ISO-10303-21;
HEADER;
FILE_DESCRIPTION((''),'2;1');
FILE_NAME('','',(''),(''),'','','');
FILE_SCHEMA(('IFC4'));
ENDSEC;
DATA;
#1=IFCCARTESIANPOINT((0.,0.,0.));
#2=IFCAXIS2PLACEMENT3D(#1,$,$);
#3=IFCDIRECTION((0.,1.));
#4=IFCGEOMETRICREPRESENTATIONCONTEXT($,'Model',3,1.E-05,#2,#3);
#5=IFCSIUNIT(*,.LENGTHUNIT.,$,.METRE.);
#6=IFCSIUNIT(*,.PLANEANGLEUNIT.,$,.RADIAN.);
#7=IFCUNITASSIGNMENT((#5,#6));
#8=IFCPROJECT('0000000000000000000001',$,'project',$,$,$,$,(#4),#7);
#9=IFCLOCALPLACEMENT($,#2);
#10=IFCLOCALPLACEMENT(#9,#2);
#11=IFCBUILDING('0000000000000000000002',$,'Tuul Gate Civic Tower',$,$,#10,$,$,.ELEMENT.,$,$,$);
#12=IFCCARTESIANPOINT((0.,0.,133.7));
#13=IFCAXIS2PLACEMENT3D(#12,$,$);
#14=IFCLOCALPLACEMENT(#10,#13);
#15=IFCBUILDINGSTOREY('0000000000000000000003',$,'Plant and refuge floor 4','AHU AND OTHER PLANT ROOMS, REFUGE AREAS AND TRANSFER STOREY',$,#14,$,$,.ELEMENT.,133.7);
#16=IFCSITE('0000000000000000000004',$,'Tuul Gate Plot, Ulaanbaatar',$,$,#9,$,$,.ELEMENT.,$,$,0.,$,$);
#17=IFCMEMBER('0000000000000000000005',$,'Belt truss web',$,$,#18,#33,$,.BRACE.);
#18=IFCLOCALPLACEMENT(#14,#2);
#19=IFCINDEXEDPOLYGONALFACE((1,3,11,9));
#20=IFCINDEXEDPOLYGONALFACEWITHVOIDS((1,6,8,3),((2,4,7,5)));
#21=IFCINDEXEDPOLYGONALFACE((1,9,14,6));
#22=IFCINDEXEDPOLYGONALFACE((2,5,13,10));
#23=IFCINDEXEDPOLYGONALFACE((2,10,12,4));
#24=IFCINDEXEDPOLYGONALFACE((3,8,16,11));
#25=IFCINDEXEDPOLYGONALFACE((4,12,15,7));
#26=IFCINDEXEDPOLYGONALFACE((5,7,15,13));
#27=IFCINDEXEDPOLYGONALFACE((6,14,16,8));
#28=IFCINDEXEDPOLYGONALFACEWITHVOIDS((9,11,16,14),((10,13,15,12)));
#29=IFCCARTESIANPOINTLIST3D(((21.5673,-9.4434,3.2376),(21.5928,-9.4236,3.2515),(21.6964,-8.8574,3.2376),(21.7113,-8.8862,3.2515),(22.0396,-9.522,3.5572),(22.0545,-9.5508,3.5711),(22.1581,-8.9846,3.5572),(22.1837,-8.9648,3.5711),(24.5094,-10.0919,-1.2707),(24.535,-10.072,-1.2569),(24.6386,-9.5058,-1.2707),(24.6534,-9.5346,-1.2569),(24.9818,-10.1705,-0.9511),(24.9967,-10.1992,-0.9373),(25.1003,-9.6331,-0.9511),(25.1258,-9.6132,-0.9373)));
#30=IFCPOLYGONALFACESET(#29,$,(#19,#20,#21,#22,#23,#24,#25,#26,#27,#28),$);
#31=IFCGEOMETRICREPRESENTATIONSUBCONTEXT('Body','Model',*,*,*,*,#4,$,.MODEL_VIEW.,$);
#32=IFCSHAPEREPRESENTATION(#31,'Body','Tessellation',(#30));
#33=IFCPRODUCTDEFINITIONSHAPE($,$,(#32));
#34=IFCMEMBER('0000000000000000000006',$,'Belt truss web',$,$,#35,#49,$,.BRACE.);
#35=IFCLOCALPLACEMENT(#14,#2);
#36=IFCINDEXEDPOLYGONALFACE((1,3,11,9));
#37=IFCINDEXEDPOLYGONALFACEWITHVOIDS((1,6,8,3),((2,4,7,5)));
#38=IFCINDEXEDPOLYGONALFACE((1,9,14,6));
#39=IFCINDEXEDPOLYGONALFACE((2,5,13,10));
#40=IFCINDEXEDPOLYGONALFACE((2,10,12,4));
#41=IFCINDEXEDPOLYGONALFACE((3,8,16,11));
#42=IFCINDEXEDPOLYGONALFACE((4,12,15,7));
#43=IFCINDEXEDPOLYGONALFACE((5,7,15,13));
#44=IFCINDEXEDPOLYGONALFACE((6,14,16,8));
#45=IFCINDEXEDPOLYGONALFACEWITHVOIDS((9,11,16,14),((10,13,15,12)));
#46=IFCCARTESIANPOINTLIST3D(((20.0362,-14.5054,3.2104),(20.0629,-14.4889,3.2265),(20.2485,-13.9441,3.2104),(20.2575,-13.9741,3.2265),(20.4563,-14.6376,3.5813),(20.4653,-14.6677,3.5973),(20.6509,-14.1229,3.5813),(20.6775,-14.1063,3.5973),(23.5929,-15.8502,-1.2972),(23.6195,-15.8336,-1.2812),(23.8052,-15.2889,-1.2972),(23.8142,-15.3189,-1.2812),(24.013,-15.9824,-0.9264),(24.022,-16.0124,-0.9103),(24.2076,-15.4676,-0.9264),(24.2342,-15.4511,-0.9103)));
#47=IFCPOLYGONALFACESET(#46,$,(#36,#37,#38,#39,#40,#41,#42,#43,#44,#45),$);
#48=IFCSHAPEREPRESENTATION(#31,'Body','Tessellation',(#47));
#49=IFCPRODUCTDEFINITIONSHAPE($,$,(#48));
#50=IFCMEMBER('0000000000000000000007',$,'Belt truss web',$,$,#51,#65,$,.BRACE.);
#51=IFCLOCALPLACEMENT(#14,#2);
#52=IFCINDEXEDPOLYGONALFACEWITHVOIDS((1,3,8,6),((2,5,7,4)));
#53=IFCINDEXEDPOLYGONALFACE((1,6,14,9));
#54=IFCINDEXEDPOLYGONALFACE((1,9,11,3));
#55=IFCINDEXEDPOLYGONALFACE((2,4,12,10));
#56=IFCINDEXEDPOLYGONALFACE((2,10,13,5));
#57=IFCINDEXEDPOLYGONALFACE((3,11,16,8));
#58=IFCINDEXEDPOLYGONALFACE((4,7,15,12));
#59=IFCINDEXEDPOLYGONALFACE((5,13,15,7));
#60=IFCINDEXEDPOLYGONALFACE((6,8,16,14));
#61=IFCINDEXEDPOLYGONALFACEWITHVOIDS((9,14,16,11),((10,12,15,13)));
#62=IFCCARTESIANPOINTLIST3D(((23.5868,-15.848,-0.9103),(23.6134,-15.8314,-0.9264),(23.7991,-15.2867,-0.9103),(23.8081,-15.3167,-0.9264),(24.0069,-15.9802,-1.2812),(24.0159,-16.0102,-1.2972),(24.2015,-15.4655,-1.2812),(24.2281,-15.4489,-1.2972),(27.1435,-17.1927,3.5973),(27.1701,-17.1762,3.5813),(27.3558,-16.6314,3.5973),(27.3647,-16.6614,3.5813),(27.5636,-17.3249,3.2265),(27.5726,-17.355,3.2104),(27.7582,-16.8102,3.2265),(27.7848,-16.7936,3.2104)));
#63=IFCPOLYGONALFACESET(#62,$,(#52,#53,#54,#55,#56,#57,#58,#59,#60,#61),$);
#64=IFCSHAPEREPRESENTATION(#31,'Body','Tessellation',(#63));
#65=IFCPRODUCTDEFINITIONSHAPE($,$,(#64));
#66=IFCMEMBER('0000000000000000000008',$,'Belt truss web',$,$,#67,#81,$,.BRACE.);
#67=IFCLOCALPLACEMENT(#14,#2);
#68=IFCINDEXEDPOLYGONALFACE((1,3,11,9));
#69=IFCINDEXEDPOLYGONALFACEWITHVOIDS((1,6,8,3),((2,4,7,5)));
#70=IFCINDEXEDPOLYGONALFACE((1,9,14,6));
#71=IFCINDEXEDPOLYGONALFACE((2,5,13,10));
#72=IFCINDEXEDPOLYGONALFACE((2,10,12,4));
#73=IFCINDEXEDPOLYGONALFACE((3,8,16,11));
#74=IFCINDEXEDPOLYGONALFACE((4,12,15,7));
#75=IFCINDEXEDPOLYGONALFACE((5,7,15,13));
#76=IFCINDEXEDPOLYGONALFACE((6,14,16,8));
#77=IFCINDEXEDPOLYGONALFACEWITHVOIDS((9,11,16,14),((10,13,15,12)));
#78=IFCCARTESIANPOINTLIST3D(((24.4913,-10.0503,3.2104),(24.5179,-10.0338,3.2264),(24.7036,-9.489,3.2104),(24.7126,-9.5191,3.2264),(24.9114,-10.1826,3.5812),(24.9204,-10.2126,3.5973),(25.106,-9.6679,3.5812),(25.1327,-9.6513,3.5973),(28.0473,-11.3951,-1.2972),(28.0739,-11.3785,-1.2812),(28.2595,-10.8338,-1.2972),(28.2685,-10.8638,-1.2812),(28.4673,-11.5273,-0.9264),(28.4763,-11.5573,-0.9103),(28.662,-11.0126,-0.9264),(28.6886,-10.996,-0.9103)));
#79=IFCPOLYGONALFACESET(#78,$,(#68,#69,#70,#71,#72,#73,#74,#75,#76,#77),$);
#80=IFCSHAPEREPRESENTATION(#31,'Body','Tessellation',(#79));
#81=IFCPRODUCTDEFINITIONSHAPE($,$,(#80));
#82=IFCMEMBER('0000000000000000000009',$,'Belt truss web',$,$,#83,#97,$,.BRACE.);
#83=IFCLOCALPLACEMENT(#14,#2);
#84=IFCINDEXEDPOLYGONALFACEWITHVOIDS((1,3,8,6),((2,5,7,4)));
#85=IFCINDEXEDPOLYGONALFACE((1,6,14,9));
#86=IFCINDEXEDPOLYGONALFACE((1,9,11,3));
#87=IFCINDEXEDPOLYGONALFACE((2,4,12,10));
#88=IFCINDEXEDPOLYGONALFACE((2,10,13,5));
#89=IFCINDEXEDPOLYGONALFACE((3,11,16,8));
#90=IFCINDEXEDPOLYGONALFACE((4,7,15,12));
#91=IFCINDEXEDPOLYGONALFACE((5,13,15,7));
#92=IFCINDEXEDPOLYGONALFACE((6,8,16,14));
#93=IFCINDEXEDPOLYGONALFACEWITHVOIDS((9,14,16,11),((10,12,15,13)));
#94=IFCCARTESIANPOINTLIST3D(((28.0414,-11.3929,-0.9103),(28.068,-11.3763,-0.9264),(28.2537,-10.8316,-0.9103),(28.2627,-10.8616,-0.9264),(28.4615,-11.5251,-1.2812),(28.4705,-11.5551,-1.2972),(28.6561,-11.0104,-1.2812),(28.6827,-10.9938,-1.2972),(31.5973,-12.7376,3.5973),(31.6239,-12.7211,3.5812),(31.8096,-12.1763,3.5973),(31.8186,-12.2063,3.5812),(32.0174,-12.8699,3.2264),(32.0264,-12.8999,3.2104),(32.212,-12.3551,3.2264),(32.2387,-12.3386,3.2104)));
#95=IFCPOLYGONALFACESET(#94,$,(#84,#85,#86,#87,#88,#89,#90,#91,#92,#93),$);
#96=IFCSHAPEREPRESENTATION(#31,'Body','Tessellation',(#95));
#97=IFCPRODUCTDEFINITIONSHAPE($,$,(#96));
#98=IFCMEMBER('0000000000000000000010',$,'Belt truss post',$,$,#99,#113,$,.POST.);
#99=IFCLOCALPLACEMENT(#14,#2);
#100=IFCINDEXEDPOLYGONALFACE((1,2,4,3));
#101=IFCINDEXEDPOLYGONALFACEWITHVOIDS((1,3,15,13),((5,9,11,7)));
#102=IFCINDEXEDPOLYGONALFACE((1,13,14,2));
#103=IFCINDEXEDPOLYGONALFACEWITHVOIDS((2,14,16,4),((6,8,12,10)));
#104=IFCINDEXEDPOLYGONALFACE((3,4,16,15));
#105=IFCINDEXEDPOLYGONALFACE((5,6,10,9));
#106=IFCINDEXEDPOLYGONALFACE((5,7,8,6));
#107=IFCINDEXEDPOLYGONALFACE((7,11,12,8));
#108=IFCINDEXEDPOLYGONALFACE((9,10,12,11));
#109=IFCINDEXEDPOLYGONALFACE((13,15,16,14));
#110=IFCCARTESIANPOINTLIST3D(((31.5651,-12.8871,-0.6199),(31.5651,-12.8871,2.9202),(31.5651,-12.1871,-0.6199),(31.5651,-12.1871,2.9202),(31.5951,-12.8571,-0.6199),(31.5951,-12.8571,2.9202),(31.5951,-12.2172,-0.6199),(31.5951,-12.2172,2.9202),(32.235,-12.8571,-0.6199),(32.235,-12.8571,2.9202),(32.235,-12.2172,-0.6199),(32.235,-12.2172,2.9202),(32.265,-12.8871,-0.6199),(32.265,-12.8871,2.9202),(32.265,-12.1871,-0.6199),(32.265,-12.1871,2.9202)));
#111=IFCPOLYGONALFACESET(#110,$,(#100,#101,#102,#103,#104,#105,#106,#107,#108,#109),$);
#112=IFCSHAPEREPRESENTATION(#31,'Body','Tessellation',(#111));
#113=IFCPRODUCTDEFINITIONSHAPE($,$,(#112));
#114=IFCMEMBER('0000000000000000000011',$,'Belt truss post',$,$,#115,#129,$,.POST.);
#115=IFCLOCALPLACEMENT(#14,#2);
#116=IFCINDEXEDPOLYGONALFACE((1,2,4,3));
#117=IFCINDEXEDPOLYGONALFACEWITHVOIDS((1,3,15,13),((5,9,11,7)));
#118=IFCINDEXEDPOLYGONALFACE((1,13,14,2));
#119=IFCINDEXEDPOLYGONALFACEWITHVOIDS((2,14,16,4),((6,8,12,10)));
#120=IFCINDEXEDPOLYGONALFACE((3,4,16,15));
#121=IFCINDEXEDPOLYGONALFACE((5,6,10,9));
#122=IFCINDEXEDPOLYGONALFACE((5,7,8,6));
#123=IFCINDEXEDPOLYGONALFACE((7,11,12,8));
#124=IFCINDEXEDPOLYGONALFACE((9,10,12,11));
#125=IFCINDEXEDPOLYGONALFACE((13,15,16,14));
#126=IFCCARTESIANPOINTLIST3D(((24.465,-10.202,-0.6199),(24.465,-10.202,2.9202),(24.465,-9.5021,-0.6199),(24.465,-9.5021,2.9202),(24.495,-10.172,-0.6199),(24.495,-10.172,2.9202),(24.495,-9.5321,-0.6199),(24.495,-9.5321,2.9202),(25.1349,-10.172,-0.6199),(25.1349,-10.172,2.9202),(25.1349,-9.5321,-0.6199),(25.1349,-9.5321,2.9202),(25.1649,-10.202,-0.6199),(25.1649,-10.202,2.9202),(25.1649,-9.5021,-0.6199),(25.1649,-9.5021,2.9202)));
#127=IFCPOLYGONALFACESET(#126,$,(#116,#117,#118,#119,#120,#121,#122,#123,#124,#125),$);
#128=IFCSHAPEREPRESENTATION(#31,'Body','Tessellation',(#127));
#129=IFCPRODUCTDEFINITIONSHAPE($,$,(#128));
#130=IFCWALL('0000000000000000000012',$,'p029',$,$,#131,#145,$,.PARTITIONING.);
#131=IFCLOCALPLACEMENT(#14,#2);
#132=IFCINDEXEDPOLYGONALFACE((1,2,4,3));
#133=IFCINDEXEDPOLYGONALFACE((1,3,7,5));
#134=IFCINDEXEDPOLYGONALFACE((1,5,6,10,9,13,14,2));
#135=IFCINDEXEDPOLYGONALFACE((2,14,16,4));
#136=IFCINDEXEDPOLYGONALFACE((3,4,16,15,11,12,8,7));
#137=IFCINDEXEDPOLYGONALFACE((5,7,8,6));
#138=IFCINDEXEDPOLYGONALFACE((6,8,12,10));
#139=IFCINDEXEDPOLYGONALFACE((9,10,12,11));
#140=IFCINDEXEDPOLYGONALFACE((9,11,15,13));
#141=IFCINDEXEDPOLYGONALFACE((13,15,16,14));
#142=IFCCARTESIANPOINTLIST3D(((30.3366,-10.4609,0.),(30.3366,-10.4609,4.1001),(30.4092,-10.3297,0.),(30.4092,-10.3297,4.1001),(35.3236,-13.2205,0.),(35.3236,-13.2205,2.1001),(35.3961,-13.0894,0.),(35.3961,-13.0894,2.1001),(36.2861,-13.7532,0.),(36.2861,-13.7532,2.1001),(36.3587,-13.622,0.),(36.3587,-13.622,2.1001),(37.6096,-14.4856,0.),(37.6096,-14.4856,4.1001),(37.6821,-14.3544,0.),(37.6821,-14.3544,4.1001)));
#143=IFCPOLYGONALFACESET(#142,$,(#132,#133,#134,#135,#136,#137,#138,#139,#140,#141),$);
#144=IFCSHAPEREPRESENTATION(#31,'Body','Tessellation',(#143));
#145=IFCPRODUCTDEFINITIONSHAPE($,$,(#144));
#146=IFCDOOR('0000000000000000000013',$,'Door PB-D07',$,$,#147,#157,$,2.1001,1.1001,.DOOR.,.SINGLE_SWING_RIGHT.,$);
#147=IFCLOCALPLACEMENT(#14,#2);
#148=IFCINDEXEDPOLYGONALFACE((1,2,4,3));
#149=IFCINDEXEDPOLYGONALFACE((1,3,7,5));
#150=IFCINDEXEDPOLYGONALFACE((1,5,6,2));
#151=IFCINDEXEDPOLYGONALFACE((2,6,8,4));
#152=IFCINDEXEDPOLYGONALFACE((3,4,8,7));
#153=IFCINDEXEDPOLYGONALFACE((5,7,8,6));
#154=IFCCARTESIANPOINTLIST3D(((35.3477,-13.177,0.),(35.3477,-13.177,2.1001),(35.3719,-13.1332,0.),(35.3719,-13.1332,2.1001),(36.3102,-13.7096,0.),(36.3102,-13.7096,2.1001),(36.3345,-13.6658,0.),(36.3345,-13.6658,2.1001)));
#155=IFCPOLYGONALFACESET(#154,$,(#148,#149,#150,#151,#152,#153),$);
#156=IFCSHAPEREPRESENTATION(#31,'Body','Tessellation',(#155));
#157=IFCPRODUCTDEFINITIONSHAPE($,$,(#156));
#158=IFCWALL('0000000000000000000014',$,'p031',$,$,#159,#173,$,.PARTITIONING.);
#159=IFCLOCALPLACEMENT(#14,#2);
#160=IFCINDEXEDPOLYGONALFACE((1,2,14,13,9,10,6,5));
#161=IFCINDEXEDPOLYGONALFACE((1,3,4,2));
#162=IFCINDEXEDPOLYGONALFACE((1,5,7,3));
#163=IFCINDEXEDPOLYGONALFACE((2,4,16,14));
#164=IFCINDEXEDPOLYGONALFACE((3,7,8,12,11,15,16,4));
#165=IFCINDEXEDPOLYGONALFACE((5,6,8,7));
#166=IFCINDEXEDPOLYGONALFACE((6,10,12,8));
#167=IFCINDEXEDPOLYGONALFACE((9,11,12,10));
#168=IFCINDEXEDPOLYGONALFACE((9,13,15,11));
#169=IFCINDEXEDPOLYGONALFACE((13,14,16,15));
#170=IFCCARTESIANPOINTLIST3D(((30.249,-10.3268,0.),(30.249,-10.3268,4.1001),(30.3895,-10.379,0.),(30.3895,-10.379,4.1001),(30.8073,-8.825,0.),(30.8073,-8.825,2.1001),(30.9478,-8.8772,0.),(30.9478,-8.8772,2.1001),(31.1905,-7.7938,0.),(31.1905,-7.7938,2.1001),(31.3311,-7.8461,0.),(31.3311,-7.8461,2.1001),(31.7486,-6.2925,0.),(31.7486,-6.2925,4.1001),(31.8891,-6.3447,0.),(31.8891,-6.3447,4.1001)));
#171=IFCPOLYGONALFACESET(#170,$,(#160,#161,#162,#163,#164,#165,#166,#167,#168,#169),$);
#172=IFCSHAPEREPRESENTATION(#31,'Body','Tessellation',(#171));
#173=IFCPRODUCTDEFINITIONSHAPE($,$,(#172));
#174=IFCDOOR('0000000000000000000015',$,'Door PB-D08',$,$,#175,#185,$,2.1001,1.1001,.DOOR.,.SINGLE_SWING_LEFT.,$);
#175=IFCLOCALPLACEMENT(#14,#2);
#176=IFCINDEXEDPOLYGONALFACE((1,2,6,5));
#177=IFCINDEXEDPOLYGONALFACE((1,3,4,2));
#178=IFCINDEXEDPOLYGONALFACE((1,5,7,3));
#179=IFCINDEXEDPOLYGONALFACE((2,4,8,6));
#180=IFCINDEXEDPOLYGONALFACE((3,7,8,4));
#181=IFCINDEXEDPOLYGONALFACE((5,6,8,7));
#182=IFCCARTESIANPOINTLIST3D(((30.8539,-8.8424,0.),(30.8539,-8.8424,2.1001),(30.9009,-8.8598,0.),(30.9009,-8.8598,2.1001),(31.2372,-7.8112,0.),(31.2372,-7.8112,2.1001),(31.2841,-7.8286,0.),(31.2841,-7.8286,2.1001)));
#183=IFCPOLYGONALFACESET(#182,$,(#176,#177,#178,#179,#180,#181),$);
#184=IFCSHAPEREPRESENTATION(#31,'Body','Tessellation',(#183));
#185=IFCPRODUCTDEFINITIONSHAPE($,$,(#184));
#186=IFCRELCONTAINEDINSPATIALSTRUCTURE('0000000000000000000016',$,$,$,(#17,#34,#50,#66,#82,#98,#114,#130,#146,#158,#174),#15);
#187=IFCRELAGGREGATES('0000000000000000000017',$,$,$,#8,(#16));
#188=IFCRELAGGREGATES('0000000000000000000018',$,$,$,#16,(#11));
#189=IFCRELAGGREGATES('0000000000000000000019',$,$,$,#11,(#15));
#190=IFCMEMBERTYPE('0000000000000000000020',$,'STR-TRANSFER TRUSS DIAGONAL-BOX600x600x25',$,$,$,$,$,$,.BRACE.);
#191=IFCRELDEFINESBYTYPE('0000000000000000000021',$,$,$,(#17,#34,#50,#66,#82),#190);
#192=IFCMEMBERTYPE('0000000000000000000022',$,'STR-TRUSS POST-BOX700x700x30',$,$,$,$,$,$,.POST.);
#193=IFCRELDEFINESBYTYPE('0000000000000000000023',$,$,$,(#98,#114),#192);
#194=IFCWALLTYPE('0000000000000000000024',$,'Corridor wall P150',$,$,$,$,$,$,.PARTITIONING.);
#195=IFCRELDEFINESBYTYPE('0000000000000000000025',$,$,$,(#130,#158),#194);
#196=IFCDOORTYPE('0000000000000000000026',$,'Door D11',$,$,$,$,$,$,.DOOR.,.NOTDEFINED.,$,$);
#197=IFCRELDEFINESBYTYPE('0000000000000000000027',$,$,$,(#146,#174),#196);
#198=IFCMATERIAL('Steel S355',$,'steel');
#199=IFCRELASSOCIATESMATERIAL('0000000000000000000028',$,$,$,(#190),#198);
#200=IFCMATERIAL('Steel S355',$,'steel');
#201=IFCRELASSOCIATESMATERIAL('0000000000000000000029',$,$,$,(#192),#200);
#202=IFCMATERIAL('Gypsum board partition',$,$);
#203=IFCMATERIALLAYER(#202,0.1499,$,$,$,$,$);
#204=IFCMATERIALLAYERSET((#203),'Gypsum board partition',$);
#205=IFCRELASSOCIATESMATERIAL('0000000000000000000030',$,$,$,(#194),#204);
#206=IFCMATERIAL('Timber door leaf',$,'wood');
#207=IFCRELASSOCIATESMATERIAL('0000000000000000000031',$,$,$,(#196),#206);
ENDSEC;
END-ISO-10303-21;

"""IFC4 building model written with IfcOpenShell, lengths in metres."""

from ifc_helpers import new_model, si_unit, direction, frame, frame_2d, origin, origin_2d, place, context, subcontext, project, spatial, rectangle, hollow_rectangle, extrude, material, layer, layer_set, material_profile, profile_set, type_object, element, fill, save


model = new_model("IFC4")

# Units and contexts
model_context = context("Model", 3, precision=1e-05, world=origin(), true_north=direction((0.0, 1.0)))
body_context = subcontext(model_context, "Body", "Model", "MODEL_VIEW")
ifc_project = project(units=[si_unit("LENGTHUNIT", "METRE"), si_unit("PLANEANGLEUNIT", "RADIAN")], contexts=[model_context])

# Site, building, storey
site_placement = place(None, origin())
site = spatial("IfcSite", under=ifc_project, at=site_placement, Name="Tuul Gate Plot, Ulaanbaatar", CompositionType="ELEMENT", RefElevation=0.0)
building_placement = place(site_placement, origin())
building = spatial("IfcBuilding", under=site, at=building_placement, Name="Tuul Gate Civic Tower", CompositionType="ELEMENT")
storey_placement = place(building_placement, frame((0.0, 0.0, 133.7)))
storey = spatial("IfcBuildingStorey", under=building, at=storey_placement, Name="Plant and refuge floor 4", Description="AHU AND OTHER PLANT ROOMS, REFUGE AREAS AND TRANSFER STOREY", CompositionType="ELEMENT", Elevation=133.7)

# Members
ifc_material_1 = material(Name="Steel S355", Category="steel")
ifc_material_profile_1 = material_profile(ifc_material_1, hollow_rectangle(XDim=0.6001, YDim=0.6001, WallThickness=0.0249, at=origin_2d()), Name="BOX600x600x25")
ifc_profile_set_1 = profile_set([ifc_material_profile_1], Name="Steel S355")
member_type_1 = type_object("IfcMemberType", Name="STR-TRANSFER TRUSS DIAGONAL-BOX600x600x25", PredefinedType="BRACE", material=ifc_profile_set_1)
member_placement = place(storey_placement, frame((24.8176, -9.8525, -1.104), z_axis=(-0.542599, 0.119587, 0.831436), x_axis=(-0.215231, -0.976563, 0.0)))
element("IfcMember", 1, at=member_placement, inside=storey, type_object=member_type_1, Name="Belt truss web", PredefinedType="BRACE", context=body_context, shape_type="SweptSolid", body=[
    extrude(hollow_rectangle(XDim=0.6001, YDim=0.6001, WallThickness=0.0249, at=origin_2d()), origin(), (0.0, 0.0, 1.0), 5.4224),
])
for number, where, z_axis, x_axis, name in (
    (2, (23.9136, -15.6506, -1.1038), (-0.603114, 0.228031, 0.764366), (-0.353655, -0.935376, 0.0), "Belt truss web"),
    (3, (23.9075, -15.6484, -1.1038), (0.603114, -0.228031, 0.764366), (0.353655, 0.935376, 0.0), "Belt truss web"),
):
    element("IfcMember", number, at=place(storey_placement, frame(where, z_axis=z_axis, x_axis=x_axis)), inside=storey, type_object=member_type_1, Name=name, PredefinedType="BRACE", context=body_context, shape_type="SweptSolid", body=[
        extrude(hollow_rectangle(XDim=0.6001, YDim=0.6001, WallThickness=0.0249, at=origin_2d()), origin(), (0.0, 0.0, 1.0), 5.8972),
    ])
for number, where, z_axis, x_axis, name in (
    (4, (28.3679, -11.1956, -1.1038), (-0.603035, 0.228048, 0.764424), (-0.353719, -0.935352, 0.0), "Belt truss web"),
    (5, (28.3621, -11.1934, -1.1038), (0.603035, -0.228048, 0.764424), (0.353719, 0.935352, 0.0), "Belt truss web"),
):
    element("IfcMember", number, at=place(storey_placement, frame(where, z_axis=z_axis, x_axis=x_axis)), inside=storey, type_object=member_type_1, Name=name, PredefinedType="BRACE", context=body_context, shape_type="SweptSolid", body=[
        extrude(hollow_rectangle(XDim=0.6001, YDim=0.6001, WallThickness=0.0249, at=origin_2d()), origin(), (0.0, 0.0, 1.0), 5.8967),
    ])
ifc_material_2 = material(Name="Steel S355", Category="steel")
ifc_material_profile_2 = material_profile(ifc_material_2, hollow_rectangle(XDim=0.7, YDim=0.7, WallThickness=0.03, at=origin_2d()), Name="BOX700x700x30")
ifc_profile_set_2 = profile_set([ifc_material_profile_2], Name="Steel S355")
member_type_2 = type_object("IfcMemberType", Name="STR-TRUSS POST-BOX700x700x30", PredefinedType="POST", material=ifc_profile_set_2)
for number, where, z_axis, x_axis, name in (
    (6, (31.915, -12.5371, -0.6199), (0.0, 0.0, 1.0), (1.0, 0.0, 0.0), "Belt truss post"),
    (7, (24.8149, -9.8521, -0.6199), (0.0, 0.0, 1.0), (1.0, 0.0, 0.0), "Belt truss post"),
):
    element("IfcMember", number, at=place(storey_placement, frame(where, z_axis=z_axis, x_axis=x_axis)), inside=storey, type_object=member_type_2, Name=name, PredefinedType="POST", context=body_context, shape_type="SweptSolid", body=[
        extrude(hollow_rectangle(XDim=0.7, YDim=0.7, WallThickness=0.03, at=origin_2d()), origin(), (0.0, 0.0, 1.0), 3.54),
    ])

# Walls, openings, doors
ifc_material_3 = material(Name="Gypsum board partition")
ifc_layer_1 = layer(ifc_material_3, 0.1499)
ifc_layer_set_1 = layer_set([ifc_layer_1], Name="Gypsum board partition")
wall_type_1 = type_object("IfcWallType", Name="Corridor wall P150", PredefinedType="PARTITIONING", material=ifc_layer_set_1)
wall_1_placement = place(storey_placement, frame((30.3728, -10.3953, 0.0), z_axis=(0.0, 0.0, 1.0), x_axis=(0.874967, -0.484183, 0.0)))
wall_1 = element("IfcWall", 8, at=wall_1_placement, inside=storey, type_object=wall_type_1, Name="p029", PredefinedType="PARTITIONING", context=body_context, shape_type="SweptSolid", body=[
    extrude(rectangle(XDim=8.3123, YDim=0.1499, at=frame_2d((4.1562, 0.0))), origin(), (0.0, 0.0, 1.0), 4.1001),
])
opening_1_placement = place(wall_1_placement, frame((5.6997, 0.0, 0.0)))
opening_1 = element("IfcOpeningElement", 9, at=opening_1_placement, cuts=wall_1, PredefinedType="OPENING", context=body_context, shape_type="SweptSolid", body=[
    extrude(rectangle(XDim=1.1001, YDim=2.1001, at=frame_2d((0.55, 1.05))), frame((0.0, 0.085, 0.0), z_axis=(0.0, -1.0, 0.0), x_axis=(1.0, 0.0, 0.0)), (0.0, 0.0, 1.0), 0.1699),
])
ifc_material_4 = material(Name="Timber door leaf", Category="wood")
door_type = type_object("IfcDoorType", Name="Door D11", OperationType="NOTDEFINED", PredefinedType="DOOR", material=ifc_material_4)
door_1_placement = place(opening_1_placement, origin())
door_1 = element("IfcDoor", 10, at=door_1_placement, inside=storey, type_object=door_type, Name="Door PB-D07", OperationType="SINGLE_SWING_RIGHT", OverallHeight=2.1001, OverallWidth=1.1001, PredefinedType="DOOR", context=body_context, shape_type="SweptSolid", body=[
    extrude(rectangle(XDim=1.1001, YDim=2.1001, at=frame_2d((0.55, 1.05))), frame((0.0, 0.0249, 0.0), z_axis=(0.0, -1.0, 0.0), x_axis=(1.0, 0.0, 0.0)), (0.0, 0.0, 1.0), 0.05),
])
fill(opening_1, door_1)
wall_2_placement = place(storey_placement, frame((30.3193, -10.3528, 0.0), z_axis=(0.0, 0.0, 1.0), x_axis=(0.348412, 0.937342, 0.0)))
wall_2 = element("IfcWall", 11, at=wall_2_placement, inside=storey, type_object=wall_type_1, Name="p031", PredefinedType="PARTITIONING", context=body_context, shape_type="SweptSolid", body=[
    extrude(rectangle(XDim=4.304, YDim=0.1499, at=frame_2d((2.1519, 0.0))), origin(), (0.0, 0.0, 1.0), 4.1001),
])
opening_2_placement = place(wall_2_placement, frame((1.6021, 0.0, 0.0)))
opening_2 = element("IfcOpeningElement", 12, at=opening_2_placement, cuts=wall_2, PredefinedType="OPENING", context=body_context, shape_type="SweptSolid", body=[
    extrude(rectangle(XDim=1.1001, YDim=2.1001, at=frame_2d((0.55, 1.05))), frame((0.0, 0.085, 0.0), z_axis=(0.0, -1.0, 0.0), x_axis=(1.0, 0.0, 0.0)), (0.0, 0.0, 1.0), 0.1699),
])
door_2_placement = place(opening_2_placement, frame((1.1001, 0.0, 0.0), z_axis=(0.0, 0.0, 1.0), x_axis=(-1.0, 0.0, 0.0)))
door_2 = element("IfcDoor", 13, at=door_2_placement, inside=storey, type_object=door_type, Name="Door PB-D08", OperationType="SINGLE_SWING_LEFT", OverallHeight=2.1001, OverallWidth=1.1001, PredefinedType="DOOR", context=body_context, shape_type="SweptSolid", body=[
    extrude(rectangle(XDim=1.1001, YDim=2.1001, at=frame_2d((0.55, 1.05))), frame((0.0, 0.0249, 0.0), z_axis=(0.0, -1.0, 0.0), x_axis=(1.0, 0.0, 0.0)), (0.0, 0.0, 1.0), 0.05),
])
fill(opening_2, door_2)

save(model, "model.ifc")
